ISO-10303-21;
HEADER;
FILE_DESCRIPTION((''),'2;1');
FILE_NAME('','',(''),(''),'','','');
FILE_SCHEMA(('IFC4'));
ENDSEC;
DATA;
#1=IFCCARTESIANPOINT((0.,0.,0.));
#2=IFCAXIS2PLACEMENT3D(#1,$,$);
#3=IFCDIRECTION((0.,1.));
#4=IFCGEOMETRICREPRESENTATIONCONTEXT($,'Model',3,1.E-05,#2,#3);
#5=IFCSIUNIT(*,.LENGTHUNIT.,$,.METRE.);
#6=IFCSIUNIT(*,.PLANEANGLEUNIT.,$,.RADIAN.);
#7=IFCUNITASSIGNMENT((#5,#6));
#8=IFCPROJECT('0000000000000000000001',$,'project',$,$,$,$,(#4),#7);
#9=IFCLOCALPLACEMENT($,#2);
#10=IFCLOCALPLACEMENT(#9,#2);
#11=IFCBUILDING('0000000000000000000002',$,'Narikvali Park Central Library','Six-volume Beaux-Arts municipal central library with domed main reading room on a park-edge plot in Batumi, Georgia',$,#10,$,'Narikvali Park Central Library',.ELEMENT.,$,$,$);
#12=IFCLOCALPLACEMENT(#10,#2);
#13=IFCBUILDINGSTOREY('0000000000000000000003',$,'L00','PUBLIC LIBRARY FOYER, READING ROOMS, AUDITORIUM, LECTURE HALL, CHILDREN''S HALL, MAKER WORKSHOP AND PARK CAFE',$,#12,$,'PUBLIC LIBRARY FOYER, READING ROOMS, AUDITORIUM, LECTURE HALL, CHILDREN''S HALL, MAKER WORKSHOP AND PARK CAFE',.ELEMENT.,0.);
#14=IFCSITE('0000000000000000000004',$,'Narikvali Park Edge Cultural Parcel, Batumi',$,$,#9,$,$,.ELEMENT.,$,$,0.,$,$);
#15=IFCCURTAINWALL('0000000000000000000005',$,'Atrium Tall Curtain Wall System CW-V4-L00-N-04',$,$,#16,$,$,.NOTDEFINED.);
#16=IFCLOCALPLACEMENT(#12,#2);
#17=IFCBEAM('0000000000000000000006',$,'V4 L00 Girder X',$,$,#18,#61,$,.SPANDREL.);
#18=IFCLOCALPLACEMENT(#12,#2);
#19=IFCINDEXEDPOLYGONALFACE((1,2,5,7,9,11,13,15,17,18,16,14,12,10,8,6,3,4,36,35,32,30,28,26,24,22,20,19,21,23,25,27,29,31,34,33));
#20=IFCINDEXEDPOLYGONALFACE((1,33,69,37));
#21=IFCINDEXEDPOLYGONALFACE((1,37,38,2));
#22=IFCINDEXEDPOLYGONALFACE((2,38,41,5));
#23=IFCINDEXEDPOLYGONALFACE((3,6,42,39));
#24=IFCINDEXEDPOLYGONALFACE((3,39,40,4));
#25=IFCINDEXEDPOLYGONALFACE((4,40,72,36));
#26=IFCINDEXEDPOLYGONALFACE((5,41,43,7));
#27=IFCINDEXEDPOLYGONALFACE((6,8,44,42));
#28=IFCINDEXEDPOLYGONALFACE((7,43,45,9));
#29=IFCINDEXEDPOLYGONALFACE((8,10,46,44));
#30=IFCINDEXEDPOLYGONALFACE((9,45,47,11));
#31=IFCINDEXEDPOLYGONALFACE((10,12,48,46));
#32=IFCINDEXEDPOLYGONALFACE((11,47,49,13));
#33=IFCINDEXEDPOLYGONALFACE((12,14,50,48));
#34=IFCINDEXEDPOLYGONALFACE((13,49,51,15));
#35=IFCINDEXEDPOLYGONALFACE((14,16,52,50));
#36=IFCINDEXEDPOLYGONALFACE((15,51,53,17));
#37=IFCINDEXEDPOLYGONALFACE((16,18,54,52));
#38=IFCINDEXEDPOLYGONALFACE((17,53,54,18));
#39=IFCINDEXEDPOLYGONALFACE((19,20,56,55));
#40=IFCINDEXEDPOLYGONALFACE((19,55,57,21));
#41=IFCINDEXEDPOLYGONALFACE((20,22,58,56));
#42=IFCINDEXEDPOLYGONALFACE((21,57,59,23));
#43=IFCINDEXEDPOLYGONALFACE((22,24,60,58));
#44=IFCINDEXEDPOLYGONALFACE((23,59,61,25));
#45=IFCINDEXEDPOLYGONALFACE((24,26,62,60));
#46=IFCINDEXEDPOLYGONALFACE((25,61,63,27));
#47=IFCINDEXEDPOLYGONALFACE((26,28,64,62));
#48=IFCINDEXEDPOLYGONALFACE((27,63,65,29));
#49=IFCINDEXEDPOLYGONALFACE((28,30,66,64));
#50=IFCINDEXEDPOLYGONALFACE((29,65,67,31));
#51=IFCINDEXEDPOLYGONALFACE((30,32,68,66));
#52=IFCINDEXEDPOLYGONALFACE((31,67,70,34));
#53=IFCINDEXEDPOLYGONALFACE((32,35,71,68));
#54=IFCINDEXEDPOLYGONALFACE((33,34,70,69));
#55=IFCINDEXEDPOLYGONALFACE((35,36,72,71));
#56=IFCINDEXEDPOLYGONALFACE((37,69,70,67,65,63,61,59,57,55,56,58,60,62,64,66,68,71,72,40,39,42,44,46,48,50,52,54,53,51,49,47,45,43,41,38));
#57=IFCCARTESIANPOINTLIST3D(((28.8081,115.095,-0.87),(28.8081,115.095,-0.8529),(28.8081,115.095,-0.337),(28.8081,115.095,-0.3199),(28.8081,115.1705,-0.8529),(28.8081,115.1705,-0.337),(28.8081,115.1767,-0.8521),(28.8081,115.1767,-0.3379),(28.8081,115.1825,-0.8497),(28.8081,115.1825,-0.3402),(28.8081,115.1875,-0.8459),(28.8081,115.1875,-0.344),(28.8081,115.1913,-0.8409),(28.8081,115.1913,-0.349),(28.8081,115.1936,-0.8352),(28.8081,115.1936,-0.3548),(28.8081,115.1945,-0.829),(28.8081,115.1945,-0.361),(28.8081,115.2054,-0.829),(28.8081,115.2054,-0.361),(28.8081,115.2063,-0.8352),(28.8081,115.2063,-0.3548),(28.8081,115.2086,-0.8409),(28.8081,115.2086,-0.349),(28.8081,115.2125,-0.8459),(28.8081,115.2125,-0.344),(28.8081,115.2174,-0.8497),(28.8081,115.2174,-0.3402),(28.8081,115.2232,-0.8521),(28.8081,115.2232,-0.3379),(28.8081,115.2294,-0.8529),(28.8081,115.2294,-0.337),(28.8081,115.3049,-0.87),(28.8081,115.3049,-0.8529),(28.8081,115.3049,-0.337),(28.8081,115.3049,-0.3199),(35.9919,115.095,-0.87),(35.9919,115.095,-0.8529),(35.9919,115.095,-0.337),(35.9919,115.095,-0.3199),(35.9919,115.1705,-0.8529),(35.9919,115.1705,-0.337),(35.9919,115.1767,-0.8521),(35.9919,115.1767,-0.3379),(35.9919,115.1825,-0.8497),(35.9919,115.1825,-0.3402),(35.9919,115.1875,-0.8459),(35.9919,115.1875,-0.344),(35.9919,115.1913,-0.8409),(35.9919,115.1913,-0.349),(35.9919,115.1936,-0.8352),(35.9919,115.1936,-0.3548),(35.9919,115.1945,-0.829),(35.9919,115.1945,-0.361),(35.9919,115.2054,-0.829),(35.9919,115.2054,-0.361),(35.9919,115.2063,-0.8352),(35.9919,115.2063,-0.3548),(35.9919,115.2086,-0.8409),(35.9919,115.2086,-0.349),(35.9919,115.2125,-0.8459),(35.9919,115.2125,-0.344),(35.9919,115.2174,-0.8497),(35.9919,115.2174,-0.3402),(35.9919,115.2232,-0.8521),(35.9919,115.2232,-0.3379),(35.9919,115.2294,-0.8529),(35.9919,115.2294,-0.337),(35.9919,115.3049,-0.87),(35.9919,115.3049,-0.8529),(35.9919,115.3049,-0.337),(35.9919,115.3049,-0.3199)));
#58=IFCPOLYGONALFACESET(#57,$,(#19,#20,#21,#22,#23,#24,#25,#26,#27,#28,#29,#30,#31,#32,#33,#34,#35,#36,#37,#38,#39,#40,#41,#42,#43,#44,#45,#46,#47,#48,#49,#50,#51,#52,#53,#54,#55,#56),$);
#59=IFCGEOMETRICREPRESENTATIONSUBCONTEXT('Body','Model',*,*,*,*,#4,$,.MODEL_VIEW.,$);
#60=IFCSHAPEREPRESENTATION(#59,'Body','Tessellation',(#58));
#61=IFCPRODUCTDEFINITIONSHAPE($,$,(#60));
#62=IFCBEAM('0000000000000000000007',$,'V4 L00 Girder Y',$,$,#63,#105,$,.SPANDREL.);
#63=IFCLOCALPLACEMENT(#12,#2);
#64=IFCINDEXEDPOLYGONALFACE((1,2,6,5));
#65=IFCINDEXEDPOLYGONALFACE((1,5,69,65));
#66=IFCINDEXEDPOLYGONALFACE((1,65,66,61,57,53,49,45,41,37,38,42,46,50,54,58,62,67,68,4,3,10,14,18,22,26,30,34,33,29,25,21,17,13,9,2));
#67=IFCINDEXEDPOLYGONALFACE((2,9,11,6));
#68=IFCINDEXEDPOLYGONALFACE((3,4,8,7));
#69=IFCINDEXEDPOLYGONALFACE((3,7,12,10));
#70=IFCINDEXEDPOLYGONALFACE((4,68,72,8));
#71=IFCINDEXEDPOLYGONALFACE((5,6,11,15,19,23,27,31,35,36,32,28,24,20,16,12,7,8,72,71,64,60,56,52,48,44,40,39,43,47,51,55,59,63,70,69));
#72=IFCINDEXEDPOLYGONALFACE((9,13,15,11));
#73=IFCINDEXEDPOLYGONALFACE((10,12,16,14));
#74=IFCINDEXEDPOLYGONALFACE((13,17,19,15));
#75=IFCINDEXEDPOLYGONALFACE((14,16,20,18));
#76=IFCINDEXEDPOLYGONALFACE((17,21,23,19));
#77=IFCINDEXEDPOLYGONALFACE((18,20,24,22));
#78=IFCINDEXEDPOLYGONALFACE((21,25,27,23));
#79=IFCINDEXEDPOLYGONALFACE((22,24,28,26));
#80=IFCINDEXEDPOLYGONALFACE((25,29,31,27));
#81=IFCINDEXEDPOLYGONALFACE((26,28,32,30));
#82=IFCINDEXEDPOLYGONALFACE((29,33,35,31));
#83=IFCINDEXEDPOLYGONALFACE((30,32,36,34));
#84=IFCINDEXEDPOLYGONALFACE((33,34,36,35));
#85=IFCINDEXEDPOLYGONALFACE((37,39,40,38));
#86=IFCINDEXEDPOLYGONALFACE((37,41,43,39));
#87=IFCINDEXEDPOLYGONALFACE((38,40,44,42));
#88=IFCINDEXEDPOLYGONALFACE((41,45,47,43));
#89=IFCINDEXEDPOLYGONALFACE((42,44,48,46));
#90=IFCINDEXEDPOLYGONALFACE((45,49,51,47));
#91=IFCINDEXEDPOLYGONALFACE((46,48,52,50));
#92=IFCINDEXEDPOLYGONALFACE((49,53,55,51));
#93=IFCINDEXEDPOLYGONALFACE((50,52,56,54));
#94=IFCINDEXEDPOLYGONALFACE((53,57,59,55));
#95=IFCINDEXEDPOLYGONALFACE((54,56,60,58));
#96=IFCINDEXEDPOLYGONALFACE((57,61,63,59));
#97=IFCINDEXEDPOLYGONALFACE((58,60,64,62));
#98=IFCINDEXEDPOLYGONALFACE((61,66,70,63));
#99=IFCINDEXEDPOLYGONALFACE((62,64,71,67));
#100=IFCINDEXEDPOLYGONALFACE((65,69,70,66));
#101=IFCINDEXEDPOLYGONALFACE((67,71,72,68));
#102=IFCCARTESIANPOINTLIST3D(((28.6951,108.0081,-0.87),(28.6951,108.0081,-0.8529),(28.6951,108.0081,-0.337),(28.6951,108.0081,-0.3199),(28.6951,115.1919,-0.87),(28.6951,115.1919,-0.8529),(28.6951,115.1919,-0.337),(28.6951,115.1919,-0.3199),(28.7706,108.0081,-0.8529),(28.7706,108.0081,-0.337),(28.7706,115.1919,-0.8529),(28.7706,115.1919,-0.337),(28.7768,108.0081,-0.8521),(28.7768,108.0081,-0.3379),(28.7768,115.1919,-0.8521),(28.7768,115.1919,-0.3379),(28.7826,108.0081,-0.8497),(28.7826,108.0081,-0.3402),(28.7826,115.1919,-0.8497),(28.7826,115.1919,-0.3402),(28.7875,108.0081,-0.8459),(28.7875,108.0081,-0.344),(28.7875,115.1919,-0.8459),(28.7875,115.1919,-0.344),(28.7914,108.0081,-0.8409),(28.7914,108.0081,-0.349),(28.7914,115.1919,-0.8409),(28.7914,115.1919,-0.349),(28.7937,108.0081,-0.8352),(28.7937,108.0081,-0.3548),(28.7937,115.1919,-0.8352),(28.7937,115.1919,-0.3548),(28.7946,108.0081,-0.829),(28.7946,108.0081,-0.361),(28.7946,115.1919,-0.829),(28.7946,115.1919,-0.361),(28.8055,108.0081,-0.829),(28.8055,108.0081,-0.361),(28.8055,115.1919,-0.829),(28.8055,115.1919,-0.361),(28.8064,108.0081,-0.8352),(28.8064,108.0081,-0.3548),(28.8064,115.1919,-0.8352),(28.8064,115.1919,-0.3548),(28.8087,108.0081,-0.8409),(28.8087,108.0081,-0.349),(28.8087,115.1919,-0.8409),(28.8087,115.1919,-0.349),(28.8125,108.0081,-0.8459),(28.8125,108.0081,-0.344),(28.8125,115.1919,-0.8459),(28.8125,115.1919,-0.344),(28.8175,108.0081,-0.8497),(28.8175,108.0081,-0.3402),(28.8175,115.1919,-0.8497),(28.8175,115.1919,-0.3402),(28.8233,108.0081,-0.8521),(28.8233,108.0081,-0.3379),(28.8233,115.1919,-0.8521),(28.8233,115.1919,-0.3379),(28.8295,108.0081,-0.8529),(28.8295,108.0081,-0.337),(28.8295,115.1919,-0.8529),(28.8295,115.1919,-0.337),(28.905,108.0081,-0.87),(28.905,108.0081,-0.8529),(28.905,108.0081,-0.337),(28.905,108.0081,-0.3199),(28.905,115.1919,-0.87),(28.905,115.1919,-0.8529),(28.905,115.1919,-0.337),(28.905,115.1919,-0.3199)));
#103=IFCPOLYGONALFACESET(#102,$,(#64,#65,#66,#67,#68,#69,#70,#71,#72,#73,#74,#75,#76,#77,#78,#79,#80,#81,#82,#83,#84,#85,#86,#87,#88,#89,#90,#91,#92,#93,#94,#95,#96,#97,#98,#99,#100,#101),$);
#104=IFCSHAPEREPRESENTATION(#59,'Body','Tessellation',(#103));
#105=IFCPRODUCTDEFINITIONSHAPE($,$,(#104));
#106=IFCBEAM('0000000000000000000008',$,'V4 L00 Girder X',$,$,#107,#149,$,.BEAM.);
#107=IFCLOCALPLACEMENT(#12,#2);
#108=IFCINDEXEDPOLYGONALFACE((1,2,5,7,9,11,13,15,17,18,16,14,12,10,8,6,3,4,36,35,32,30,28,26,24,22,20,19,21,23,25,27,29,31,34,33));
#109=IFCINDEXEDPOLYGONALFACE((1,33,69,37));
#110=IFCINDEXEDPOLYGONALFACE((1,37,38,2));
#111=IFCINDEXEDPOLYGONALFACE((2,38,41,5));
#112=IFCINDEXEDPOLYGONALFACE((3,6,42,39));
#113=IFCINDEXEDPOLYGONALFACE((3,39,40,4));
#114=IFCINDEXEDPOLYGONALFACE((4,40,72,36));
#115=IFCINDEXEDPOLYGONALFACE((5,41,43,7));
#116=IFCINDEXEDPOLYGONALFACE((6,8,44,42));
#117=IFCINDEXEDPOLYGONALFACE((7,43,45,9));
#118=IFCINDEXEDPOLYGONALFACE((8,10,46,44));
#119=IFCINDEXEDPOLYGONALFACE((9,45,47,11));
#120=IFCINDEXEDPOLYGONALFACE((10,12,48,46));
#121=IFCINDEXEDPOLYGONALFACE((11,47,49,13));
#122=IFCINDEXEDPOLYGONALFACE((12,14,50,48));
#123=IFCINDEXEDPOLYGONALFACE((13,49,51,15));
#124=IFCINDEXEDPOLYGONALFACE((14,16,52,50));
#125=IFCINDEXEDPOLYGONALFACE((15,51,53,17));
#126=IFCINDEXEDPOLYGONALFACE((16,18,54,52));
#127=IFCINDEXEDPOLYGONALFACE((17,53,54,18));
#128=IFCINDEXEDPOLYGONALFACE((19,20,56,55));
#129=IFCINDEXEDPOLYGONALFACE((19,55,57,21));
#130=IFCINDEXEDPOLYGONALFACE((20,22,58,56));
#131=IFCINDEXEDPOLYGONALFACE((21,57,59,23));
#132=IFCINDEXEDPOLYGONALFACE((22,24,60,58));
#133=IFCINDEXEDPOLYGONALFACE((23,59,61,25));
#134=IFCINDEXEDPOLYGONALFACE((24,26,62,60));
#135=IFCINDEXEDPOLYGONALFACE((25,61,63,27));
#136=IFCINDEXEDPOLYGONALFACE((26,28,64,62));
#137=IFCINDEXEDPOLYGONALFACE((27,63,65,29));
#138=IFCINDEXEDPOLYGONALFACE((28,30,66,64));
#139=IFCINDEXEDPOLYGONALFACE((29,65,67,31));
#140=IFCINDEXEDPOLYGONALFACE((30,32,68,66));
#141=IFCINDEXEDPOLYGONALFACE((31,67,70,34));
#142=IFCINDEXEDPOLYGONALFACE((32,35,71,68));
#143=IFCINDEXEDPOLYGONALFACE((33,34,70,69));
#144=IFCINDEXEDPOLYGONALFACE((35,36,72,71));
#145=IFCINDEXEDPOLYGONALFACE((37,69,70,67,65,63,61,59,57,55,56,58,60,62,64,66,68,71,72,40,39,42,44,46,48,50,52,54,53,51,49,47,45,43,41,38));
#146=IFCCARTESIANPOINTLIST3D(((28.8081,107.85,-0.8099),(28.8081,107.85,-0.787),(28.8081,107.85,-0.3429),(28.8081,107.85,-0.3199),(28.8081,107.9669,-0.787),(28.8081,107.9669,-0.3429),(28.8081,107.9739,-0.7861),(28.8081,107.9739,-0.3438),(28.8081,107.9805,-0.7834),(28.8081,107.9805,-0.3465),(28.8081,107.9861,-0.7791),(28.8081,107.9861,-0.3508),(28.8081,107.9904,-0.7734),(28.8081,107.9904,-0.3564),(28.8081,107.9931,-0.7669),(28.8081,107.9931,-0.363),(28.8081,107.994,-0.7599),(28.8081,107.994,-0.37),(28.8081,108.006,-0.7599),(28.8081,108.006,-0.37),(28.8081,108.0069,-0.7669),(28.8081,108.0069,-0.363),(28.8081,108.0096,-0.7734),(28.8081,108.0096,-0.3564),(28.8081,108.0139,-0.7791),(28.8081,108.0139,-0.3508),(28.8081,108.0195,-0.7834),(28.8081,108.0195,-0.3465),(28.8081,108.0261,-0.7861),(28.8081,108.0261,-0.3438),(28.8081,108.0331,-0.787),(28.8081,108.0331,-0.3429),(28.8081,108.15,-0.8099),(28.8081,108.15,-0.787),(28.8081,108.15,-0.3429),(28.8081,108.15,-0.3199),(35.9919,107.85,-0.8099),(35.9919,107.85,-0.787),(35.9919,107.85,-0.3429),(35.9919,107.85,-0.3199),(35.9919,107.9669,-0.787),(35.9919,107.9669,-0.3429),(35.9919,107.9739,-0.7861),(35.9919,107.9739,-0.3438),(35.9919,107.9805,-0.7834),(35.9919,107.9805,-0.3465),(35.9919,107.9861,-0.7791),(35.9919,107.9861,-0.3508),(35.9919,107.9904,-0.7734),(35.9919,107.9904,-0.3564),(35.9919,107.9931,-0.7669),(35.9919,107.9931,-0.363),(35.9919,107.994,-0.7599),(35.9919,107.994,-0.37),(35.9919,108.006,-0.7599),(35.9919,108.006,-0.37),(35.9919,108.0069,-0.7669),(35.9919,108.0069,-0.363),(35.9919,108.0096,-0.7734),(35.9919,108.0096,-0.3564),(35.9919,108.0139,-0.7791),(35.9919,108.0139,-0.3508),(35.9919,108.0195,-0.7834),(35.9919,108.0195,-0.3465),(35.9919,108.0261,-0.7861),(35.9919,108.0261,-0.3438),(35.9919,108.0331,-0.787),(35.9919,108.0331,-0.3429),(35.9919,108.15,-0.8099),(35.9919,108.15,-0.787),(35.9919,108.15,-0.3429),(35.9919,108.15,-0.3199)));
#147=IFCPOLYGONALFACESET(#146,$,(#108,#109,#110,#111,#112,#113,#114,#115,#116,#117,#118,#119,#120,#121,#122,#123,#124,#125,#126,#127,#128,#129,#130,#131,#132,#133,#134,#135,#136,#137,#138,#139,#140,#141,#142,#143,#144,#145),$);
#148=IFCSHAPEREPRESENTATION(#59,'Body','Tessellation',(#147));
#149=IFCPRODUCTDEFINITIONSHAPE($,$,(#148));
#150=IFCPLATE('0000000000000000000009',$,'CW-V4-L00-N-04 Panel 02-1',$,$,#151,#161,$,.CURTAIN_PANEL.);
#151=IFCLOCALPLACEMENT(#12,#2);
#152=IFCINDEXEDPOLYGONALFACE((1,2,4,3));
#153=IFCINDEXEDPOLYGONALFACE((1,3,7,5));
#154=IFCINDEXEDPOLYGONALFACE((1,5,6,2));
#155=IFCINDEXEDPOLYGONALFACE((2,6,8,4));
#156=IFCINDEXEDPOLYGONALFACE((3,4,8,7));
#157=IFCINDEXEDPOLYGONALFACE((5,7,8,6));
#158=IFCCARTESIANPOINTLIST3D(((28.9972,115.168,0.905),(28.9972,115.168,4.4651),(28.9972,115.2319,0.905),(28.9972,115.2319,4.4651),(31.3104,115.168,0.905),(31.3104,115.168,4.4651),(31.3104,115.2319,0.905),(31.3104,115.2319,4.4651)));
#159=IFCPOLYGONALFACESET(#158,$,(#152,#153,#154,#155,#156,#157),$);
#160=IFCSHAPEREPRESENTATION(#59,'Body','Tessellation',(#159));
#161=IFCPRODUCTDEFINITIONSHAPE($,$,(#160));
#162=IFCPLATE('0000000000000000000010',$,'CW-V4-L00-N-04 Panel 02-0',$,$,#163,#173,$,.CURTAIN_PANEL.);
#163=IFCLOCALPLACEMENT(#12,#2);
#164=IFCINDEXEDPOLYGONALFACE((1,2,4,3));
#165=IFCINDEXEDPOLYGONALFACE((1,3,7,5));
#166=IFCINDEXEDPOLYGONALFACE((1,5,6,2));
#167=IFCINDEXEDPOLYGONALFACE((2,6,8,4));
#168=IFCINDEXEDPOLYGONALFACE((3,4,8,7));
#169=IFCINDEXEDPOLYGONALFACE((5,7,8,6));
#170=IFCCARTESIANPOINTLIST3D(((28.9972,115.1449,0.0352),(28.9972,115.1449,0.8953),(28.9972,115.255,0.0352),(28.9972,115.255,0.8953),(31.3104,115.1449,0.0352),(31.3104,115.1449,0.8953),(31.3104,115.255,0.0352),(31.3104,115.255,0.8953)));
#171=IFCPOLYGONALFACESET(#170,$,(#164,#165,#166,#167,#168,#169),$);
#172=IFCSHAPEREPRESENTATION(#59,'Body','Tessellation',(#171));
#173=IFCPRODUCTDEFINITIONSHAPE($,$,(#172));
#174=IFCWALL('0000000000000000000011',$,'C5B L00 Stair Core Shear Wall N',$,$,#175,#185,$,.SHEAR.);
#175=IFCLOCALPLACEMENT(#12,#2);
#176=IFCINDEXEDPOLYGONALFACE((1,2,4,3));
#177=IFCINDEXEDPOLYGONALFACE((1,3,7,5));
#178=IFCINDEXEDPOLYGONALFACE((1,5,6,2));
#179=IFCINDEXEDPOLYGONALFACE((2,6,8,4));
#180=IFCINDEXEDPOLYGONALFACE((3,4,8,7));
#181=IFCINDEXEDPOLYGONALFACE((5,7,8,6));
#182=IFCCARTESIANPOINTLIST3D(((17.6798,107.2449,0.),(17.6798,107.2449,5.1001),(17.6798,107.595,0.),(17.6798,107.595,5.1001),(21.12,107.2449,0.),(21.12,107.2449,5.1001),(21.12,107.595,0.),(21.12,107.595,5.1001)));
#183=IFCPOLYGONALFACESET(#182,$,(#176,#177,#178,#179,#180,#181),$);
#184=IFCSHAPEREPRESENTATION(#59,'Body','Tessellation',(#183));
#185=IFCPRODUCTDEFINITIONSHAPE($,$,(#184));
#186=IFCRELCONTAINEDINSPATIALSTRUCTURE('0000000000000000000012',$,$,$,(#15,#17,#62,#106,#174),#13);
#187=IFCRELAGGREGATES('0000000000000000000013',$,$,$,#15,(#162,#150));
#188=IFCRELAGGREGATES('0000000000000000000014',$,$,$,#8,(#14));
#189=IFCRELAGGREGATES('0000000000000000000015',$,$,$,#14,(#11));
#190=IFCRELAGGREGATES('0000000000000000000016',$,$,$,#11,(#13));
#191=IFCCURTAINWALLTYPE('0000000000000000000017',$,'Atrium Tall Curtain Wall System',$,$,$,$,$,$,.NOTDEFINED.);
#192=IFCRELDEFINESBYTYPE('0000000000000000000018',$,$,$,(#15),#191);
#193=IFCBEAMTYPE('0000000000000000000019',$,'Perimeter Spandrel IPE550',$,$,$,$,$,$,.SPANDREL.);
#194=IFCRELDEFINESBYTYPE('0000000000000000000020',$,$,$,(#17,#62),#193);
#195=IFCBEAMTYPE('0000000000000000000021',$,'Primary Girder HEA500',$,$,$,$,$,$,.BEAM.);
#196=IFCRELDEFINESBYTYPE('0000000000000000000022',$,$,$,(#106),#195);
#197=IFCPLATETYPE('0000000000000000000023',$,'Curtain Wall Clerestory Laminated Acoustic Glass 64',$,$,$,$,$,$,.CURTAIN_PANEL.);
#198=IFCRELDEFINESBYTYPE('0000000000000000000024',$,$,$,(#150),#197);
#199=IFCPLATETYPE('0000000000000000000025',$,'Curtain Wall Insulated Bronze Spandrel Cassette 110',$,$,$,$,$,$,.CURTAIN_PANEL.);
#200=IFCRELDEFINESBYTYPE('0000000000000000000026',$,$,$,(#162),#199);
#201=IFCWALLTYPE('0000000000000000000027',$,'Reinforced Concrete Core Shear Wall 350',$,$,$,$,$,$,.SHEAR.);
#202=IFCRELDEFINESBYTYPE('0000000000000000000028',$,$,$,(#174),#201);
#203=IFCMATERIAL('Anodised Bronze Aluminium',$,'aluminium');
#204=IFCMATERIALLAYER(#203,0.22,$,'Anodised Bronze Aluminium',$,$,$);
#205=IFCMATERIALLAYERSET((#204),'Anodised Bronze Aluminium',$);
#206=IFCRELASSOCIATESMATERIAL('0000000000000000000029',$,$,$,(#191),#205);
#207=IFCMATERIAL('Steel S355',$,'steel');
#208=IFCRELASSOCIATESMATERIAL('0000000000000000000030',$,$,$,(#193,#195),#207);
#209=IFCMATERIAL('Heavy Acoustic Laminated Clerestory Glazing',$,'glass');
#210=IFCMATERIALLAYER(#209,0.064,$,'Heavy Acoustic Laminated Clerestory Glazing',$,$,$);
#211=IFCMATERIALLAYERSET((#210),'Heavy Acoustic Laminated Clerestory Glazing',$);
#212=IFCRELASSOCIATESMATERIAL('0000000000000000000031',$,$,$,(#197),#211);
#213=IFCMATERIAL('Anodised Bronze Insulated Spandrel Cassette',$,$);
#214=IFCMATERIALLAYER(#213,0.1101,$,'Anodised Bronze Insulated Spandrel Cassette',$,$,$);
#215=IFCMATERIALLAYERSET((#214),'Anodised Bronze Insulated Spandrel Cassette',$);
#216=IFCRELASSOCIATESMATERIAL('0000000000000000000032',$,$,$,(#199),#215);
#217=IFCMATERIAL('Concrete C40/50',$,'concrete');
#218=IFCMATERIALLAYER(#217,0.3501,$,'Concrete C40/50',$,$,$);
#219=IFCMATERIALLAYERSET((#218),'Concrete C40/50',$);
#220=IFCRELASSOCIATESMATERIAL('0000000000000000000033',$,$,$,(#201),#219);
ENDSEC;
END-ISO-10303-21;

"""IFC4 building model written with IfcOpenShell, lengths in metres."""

from ifc_helpers import new_model, si_unit, direction, frame, frame_2d, origin, origin_2d, place, context, subcontext, project, spatial, rectangle, i_section, extrude, material, layer, layer_set, material_profile, profile_set, type_object, element, aggregate, save


model = new_model("IFC4")

# Units and contexts
model_context = context("Model", 3, precision=1e-05, world=origin(), true_north=direction((0.0, 1.0)))
body_context = subcontext(model_context, "Body", "Model", "MODEL_VIEW")
ifc_project = project(units=[si_unit("LENGTHUNIT", "METRE"), si_unit("PLANEANGLEUNIT", "RADIAN")], contexts=[model_context])

# Site, building, storey
site_placement = place(None, origin())
site = spatial("IfcSite", under=ifc_project, at=site_placement, Name="Narikvali Park Edge Cultural Parcel, Batumi", CompositionType="ELEMENT", RefElevation=0.0)
building_placement = place(site_placement, origin())
building = spatial("IfcBuilding", under=site, at=building_placement, Name="Narikvali Park Central Library", Description="Six-volume Beaux-Arts municipal central library with domed main reading room on a park-edge plot in Batumi, Georgia", LongName="Narikvali Park Central Library", CompositionType="ELEMENT")
storey_placement = place(building_placement, origin())
storey = spatial("IfcBuildingStorey", under=building, at=storey_placement, Name="L00", Description="PUBLIC LIBRARY FOYER, READING ROOMS, AUDITORIUM, LECTURE HALL, CHILDREN'S HALL, MAKER WORKSHOP AND PARK CAFE", LongName="PUBLIC LIBRARY FOYER, READING ROOMS, AUDITORIUM, LECTURE HALL, CHILDREN'S HALL, MAKER WORKSHOP AND PARK CAFE", CompositionType="ELEMENT", Elevation=0.0)

# Shared definitions
ifc_material_1 = material(Name="Steel S355", Category="steel")

# Curtain wall
ifc_material_2 = material(Name="Anodised Bronze Aluminium", Category="aluminium")
ifc_layer_1 = layer(ifc_material_2, 0.22, Name="Anodised Bronze Aluminium")
ifc_layer_set_1 = layer_set([ifc_layer_1], Name="Anodised Bronze Aluminium")
curtain_wall_type = type_object("IfcCurtainWallType", Name="Atrium Tall Curtain Wall System", PredefinedType="NOTDEFINED", material=ifc_layer_set_1)
curtain_wall_placement = place(storey_placement, origin())
curtain_wall = element("IfcCurtainWall", 1, at=curtain_wall_placement, inside=storey, type_object=curtain_wall_type, Name="Atrium Tall Curtain Wall System CW-V4-L00-N-04", PredefinedType="NOTDEFINED")

# Beams
ifc_material_profile_1 = material_profile(ifc_material_1, i_section(OverallWidth=0.21, OverallDepth=0.55, WebThickness=0.011, FlangeThickness=0.0171, FilletRadius=0.0239, at=origin_2d()), Name="IPE 550")
ifc_profile_set_1 = profile_set([ifc_material_profile_1], Name="Steel S355")
beam_type_1 = type_object("IfcBeamType", Name="Perimeter Spandrel IPE550", PredefinedType="SPANDREL", material=ifc_profile_set_1)
for number, where, z_axis, x_axis, name in (
    (2, (28.8081, 115.2, -0.595), (1.0, 0.0, 0.0), (0.0, 1.0, 0.0), "V4 L00 Girder X"),
    (3, (28.8, 108.0081, -0.595), (0.0, 1.0, 0.0), (-1.0, 0.0, 0.0), "V4 L00 Girder Y"),
):
    element("IfcBeam", number, at=place(storey_placement, frame(where, z_axis=z_axis, x_axis=x_axis)), inside=storey, type_object=beam_type_1, Name=name, PredefinedType="SPANDREL", context=body_context, shape_type="SweptSolid", body=[
        extrude(i_section(OverallWidth=0.21, OverallDepth=0.55, WebThickness=0.011, FlangeThickness=0.0171, FilletRadius=0.0239, at=origin_2d()), origin(), (0.0, 0.0, 1.0), 7.1838),
    ])
ifc_material_profile_2 = material_profile(ifc_material_1, i_section(OverallWidth=0.3, OverallDepth=0.49, WebThickness=0.012, FlangeThickness=0.0229, FilletRadius=0.0271, at=origin_2d()), Name="HEA 500")
ifc_profile_set_2 = profile_set([ifc_material_profile_2], Name="Steel S355")
beam_type_2 = type_object("IfcBeamType", Name="Primary Girder HEA500", PredefinedType="BEAM", material=ifc_profile_set_2)
beam_placement = place(storey_placement, frame((28.8081, 108.0, -0.5649), z_axis=(1.0, 0.0, 0.0), x_axis=(0.0, 1.0, 0.0)))
element("IfcBeam", 4, at=beam_placement, inside=storey, type_object=beam_type_2, Name="V4 L00 Girder X", PredefinedType="BEAM", context=body_context, shape_type="SweptSolid", body=[
    extrude(i_section(OverallWidth=0.3, OverallDepth=0.49, WebThickness=0.012, FlangeThickness=0.0229, FilletRadius=0.0271, at=origin_2d()), origin(), (0.0, 0.0, 1.0), 7.1838),
])

# Plates
ifc_material_3 = material(Name="Heavy Acoustic Laminated Clerestory Glazing", Category="glass")
ifc_layer_2 = layer(ifc_material_3, 0.064, Name="Heavy Acoustic Laminated Clerestory Glazing")
ifc_layer_set_2 = layer_set([ifc_layer_2], Name="Heavy Acoustic Laminated Clerestory Glazing")
plate_type_1 = type_object("IfcPlateType", Name="Curtain Wall Clerestory Laminated Acoustic Glass 64", PredefinedType="CURTAIN_PANEL", material=ifc_layer_set_2)
plate_1_placement = place(storey_placement, frame((30.1538, 115.2, 0.905), z_axis=(0.0, 0.0, 1.0), x_axis=(-1.0, 0.0, 0.0)))
plate_1 = element("IfcPlate", 5, at=plate_1_placement, type_object=plate_type_1, Name="CW-V4-L00-N-04 Panel 02-1", PredefinedType="CURTAIN_PANEL", context=body_context, shape_type="SweptSolid", body=[
    extrude(rectangle(XDim=2.3132, YDim=0.064, at=origin_2d()), origin(), (0.0, 0.0, 1.0), 3.5601),
])
ifc_material_4 = material(Name="Anodised Bronze Insulated Spandrel Cassette")
ifc_layer_3 = layer(ifc_material_4, 0.1101, Name="Anodised Bronze Insulated Spandrel Cassette")
ifc_layer_set_3 = layer_set([ifc_layer_3], Name="Anodised Bronze Insulated Spandrel Cassette")
plate_type_2 = type_object("IfcPlateType", Name="Curtain Wall Insulated Bronze Spandrel Cassette 110", PredefinedType="CURTAIN_PANEL", material=ifc_layer_set_3)
plate_2_placement = place(storey_placement, frame((30.1538, 115.2, 0.0352), z_axis=(0.0, 0.0, 1.0), x_axis=(-1.0, 0.0, 0.0)))
plate_2 = element("IfcPlate", 6, at=plate_2_placement, type_object=plate_type_2, Name="CW-V4-L00-N-04 Panel 02-0", PredefinedType="CURTAIN_PANEL", context=body_context, shape_type="SweptSolid", body=[
    extrude(rectangle(XDim=2.3132, YDim=0.1101, at=origin_2d()), origin(), (0.0, 0.0, 1.0), 0.8601),
])
aggregate(curtain_wall, [plate_2, plate_1])

# Wall
ifc_material_5 = material(Name="Concrete C40/50", Category="concrete")
ifc_layer_4 = layer(ifc_material_5, 0.3501, Name="Concrete C40/50")
ifc_layer_set_4 = layer_set([ifc_layer_4], Name="Concrete C40/50")
wall_type_1 = type_object("IfcWallType", Name="Reinforced Concrete Core Shear Wall 350", PredefinedType="SHEAR", material=ifc_layer_set_4)
wall_1_placement = place(storey_placement, frame((21.1201, 107.4199, 0.0), z_axis=(0.0, 0.0, 1.0), x_axis=(-1.0, 0.0, 0.0)))
element("IfcWall", 7, at=wall_1_placement, inside=storey, type_object=wall_type_1, Name="C5B L00 Stair Core Shear Wall N", PredefinedType="SHEAR", context=body_context, shape_type="SweptSolid", body=[
    extrude(rectangle(XDim=3.4402, YDim=0.3501, at=frame_2d((1.7202, 0.0))), origin(), (0.0, 0.0, 1.0), 5.1001),
])

save(model, "model.ifc")
